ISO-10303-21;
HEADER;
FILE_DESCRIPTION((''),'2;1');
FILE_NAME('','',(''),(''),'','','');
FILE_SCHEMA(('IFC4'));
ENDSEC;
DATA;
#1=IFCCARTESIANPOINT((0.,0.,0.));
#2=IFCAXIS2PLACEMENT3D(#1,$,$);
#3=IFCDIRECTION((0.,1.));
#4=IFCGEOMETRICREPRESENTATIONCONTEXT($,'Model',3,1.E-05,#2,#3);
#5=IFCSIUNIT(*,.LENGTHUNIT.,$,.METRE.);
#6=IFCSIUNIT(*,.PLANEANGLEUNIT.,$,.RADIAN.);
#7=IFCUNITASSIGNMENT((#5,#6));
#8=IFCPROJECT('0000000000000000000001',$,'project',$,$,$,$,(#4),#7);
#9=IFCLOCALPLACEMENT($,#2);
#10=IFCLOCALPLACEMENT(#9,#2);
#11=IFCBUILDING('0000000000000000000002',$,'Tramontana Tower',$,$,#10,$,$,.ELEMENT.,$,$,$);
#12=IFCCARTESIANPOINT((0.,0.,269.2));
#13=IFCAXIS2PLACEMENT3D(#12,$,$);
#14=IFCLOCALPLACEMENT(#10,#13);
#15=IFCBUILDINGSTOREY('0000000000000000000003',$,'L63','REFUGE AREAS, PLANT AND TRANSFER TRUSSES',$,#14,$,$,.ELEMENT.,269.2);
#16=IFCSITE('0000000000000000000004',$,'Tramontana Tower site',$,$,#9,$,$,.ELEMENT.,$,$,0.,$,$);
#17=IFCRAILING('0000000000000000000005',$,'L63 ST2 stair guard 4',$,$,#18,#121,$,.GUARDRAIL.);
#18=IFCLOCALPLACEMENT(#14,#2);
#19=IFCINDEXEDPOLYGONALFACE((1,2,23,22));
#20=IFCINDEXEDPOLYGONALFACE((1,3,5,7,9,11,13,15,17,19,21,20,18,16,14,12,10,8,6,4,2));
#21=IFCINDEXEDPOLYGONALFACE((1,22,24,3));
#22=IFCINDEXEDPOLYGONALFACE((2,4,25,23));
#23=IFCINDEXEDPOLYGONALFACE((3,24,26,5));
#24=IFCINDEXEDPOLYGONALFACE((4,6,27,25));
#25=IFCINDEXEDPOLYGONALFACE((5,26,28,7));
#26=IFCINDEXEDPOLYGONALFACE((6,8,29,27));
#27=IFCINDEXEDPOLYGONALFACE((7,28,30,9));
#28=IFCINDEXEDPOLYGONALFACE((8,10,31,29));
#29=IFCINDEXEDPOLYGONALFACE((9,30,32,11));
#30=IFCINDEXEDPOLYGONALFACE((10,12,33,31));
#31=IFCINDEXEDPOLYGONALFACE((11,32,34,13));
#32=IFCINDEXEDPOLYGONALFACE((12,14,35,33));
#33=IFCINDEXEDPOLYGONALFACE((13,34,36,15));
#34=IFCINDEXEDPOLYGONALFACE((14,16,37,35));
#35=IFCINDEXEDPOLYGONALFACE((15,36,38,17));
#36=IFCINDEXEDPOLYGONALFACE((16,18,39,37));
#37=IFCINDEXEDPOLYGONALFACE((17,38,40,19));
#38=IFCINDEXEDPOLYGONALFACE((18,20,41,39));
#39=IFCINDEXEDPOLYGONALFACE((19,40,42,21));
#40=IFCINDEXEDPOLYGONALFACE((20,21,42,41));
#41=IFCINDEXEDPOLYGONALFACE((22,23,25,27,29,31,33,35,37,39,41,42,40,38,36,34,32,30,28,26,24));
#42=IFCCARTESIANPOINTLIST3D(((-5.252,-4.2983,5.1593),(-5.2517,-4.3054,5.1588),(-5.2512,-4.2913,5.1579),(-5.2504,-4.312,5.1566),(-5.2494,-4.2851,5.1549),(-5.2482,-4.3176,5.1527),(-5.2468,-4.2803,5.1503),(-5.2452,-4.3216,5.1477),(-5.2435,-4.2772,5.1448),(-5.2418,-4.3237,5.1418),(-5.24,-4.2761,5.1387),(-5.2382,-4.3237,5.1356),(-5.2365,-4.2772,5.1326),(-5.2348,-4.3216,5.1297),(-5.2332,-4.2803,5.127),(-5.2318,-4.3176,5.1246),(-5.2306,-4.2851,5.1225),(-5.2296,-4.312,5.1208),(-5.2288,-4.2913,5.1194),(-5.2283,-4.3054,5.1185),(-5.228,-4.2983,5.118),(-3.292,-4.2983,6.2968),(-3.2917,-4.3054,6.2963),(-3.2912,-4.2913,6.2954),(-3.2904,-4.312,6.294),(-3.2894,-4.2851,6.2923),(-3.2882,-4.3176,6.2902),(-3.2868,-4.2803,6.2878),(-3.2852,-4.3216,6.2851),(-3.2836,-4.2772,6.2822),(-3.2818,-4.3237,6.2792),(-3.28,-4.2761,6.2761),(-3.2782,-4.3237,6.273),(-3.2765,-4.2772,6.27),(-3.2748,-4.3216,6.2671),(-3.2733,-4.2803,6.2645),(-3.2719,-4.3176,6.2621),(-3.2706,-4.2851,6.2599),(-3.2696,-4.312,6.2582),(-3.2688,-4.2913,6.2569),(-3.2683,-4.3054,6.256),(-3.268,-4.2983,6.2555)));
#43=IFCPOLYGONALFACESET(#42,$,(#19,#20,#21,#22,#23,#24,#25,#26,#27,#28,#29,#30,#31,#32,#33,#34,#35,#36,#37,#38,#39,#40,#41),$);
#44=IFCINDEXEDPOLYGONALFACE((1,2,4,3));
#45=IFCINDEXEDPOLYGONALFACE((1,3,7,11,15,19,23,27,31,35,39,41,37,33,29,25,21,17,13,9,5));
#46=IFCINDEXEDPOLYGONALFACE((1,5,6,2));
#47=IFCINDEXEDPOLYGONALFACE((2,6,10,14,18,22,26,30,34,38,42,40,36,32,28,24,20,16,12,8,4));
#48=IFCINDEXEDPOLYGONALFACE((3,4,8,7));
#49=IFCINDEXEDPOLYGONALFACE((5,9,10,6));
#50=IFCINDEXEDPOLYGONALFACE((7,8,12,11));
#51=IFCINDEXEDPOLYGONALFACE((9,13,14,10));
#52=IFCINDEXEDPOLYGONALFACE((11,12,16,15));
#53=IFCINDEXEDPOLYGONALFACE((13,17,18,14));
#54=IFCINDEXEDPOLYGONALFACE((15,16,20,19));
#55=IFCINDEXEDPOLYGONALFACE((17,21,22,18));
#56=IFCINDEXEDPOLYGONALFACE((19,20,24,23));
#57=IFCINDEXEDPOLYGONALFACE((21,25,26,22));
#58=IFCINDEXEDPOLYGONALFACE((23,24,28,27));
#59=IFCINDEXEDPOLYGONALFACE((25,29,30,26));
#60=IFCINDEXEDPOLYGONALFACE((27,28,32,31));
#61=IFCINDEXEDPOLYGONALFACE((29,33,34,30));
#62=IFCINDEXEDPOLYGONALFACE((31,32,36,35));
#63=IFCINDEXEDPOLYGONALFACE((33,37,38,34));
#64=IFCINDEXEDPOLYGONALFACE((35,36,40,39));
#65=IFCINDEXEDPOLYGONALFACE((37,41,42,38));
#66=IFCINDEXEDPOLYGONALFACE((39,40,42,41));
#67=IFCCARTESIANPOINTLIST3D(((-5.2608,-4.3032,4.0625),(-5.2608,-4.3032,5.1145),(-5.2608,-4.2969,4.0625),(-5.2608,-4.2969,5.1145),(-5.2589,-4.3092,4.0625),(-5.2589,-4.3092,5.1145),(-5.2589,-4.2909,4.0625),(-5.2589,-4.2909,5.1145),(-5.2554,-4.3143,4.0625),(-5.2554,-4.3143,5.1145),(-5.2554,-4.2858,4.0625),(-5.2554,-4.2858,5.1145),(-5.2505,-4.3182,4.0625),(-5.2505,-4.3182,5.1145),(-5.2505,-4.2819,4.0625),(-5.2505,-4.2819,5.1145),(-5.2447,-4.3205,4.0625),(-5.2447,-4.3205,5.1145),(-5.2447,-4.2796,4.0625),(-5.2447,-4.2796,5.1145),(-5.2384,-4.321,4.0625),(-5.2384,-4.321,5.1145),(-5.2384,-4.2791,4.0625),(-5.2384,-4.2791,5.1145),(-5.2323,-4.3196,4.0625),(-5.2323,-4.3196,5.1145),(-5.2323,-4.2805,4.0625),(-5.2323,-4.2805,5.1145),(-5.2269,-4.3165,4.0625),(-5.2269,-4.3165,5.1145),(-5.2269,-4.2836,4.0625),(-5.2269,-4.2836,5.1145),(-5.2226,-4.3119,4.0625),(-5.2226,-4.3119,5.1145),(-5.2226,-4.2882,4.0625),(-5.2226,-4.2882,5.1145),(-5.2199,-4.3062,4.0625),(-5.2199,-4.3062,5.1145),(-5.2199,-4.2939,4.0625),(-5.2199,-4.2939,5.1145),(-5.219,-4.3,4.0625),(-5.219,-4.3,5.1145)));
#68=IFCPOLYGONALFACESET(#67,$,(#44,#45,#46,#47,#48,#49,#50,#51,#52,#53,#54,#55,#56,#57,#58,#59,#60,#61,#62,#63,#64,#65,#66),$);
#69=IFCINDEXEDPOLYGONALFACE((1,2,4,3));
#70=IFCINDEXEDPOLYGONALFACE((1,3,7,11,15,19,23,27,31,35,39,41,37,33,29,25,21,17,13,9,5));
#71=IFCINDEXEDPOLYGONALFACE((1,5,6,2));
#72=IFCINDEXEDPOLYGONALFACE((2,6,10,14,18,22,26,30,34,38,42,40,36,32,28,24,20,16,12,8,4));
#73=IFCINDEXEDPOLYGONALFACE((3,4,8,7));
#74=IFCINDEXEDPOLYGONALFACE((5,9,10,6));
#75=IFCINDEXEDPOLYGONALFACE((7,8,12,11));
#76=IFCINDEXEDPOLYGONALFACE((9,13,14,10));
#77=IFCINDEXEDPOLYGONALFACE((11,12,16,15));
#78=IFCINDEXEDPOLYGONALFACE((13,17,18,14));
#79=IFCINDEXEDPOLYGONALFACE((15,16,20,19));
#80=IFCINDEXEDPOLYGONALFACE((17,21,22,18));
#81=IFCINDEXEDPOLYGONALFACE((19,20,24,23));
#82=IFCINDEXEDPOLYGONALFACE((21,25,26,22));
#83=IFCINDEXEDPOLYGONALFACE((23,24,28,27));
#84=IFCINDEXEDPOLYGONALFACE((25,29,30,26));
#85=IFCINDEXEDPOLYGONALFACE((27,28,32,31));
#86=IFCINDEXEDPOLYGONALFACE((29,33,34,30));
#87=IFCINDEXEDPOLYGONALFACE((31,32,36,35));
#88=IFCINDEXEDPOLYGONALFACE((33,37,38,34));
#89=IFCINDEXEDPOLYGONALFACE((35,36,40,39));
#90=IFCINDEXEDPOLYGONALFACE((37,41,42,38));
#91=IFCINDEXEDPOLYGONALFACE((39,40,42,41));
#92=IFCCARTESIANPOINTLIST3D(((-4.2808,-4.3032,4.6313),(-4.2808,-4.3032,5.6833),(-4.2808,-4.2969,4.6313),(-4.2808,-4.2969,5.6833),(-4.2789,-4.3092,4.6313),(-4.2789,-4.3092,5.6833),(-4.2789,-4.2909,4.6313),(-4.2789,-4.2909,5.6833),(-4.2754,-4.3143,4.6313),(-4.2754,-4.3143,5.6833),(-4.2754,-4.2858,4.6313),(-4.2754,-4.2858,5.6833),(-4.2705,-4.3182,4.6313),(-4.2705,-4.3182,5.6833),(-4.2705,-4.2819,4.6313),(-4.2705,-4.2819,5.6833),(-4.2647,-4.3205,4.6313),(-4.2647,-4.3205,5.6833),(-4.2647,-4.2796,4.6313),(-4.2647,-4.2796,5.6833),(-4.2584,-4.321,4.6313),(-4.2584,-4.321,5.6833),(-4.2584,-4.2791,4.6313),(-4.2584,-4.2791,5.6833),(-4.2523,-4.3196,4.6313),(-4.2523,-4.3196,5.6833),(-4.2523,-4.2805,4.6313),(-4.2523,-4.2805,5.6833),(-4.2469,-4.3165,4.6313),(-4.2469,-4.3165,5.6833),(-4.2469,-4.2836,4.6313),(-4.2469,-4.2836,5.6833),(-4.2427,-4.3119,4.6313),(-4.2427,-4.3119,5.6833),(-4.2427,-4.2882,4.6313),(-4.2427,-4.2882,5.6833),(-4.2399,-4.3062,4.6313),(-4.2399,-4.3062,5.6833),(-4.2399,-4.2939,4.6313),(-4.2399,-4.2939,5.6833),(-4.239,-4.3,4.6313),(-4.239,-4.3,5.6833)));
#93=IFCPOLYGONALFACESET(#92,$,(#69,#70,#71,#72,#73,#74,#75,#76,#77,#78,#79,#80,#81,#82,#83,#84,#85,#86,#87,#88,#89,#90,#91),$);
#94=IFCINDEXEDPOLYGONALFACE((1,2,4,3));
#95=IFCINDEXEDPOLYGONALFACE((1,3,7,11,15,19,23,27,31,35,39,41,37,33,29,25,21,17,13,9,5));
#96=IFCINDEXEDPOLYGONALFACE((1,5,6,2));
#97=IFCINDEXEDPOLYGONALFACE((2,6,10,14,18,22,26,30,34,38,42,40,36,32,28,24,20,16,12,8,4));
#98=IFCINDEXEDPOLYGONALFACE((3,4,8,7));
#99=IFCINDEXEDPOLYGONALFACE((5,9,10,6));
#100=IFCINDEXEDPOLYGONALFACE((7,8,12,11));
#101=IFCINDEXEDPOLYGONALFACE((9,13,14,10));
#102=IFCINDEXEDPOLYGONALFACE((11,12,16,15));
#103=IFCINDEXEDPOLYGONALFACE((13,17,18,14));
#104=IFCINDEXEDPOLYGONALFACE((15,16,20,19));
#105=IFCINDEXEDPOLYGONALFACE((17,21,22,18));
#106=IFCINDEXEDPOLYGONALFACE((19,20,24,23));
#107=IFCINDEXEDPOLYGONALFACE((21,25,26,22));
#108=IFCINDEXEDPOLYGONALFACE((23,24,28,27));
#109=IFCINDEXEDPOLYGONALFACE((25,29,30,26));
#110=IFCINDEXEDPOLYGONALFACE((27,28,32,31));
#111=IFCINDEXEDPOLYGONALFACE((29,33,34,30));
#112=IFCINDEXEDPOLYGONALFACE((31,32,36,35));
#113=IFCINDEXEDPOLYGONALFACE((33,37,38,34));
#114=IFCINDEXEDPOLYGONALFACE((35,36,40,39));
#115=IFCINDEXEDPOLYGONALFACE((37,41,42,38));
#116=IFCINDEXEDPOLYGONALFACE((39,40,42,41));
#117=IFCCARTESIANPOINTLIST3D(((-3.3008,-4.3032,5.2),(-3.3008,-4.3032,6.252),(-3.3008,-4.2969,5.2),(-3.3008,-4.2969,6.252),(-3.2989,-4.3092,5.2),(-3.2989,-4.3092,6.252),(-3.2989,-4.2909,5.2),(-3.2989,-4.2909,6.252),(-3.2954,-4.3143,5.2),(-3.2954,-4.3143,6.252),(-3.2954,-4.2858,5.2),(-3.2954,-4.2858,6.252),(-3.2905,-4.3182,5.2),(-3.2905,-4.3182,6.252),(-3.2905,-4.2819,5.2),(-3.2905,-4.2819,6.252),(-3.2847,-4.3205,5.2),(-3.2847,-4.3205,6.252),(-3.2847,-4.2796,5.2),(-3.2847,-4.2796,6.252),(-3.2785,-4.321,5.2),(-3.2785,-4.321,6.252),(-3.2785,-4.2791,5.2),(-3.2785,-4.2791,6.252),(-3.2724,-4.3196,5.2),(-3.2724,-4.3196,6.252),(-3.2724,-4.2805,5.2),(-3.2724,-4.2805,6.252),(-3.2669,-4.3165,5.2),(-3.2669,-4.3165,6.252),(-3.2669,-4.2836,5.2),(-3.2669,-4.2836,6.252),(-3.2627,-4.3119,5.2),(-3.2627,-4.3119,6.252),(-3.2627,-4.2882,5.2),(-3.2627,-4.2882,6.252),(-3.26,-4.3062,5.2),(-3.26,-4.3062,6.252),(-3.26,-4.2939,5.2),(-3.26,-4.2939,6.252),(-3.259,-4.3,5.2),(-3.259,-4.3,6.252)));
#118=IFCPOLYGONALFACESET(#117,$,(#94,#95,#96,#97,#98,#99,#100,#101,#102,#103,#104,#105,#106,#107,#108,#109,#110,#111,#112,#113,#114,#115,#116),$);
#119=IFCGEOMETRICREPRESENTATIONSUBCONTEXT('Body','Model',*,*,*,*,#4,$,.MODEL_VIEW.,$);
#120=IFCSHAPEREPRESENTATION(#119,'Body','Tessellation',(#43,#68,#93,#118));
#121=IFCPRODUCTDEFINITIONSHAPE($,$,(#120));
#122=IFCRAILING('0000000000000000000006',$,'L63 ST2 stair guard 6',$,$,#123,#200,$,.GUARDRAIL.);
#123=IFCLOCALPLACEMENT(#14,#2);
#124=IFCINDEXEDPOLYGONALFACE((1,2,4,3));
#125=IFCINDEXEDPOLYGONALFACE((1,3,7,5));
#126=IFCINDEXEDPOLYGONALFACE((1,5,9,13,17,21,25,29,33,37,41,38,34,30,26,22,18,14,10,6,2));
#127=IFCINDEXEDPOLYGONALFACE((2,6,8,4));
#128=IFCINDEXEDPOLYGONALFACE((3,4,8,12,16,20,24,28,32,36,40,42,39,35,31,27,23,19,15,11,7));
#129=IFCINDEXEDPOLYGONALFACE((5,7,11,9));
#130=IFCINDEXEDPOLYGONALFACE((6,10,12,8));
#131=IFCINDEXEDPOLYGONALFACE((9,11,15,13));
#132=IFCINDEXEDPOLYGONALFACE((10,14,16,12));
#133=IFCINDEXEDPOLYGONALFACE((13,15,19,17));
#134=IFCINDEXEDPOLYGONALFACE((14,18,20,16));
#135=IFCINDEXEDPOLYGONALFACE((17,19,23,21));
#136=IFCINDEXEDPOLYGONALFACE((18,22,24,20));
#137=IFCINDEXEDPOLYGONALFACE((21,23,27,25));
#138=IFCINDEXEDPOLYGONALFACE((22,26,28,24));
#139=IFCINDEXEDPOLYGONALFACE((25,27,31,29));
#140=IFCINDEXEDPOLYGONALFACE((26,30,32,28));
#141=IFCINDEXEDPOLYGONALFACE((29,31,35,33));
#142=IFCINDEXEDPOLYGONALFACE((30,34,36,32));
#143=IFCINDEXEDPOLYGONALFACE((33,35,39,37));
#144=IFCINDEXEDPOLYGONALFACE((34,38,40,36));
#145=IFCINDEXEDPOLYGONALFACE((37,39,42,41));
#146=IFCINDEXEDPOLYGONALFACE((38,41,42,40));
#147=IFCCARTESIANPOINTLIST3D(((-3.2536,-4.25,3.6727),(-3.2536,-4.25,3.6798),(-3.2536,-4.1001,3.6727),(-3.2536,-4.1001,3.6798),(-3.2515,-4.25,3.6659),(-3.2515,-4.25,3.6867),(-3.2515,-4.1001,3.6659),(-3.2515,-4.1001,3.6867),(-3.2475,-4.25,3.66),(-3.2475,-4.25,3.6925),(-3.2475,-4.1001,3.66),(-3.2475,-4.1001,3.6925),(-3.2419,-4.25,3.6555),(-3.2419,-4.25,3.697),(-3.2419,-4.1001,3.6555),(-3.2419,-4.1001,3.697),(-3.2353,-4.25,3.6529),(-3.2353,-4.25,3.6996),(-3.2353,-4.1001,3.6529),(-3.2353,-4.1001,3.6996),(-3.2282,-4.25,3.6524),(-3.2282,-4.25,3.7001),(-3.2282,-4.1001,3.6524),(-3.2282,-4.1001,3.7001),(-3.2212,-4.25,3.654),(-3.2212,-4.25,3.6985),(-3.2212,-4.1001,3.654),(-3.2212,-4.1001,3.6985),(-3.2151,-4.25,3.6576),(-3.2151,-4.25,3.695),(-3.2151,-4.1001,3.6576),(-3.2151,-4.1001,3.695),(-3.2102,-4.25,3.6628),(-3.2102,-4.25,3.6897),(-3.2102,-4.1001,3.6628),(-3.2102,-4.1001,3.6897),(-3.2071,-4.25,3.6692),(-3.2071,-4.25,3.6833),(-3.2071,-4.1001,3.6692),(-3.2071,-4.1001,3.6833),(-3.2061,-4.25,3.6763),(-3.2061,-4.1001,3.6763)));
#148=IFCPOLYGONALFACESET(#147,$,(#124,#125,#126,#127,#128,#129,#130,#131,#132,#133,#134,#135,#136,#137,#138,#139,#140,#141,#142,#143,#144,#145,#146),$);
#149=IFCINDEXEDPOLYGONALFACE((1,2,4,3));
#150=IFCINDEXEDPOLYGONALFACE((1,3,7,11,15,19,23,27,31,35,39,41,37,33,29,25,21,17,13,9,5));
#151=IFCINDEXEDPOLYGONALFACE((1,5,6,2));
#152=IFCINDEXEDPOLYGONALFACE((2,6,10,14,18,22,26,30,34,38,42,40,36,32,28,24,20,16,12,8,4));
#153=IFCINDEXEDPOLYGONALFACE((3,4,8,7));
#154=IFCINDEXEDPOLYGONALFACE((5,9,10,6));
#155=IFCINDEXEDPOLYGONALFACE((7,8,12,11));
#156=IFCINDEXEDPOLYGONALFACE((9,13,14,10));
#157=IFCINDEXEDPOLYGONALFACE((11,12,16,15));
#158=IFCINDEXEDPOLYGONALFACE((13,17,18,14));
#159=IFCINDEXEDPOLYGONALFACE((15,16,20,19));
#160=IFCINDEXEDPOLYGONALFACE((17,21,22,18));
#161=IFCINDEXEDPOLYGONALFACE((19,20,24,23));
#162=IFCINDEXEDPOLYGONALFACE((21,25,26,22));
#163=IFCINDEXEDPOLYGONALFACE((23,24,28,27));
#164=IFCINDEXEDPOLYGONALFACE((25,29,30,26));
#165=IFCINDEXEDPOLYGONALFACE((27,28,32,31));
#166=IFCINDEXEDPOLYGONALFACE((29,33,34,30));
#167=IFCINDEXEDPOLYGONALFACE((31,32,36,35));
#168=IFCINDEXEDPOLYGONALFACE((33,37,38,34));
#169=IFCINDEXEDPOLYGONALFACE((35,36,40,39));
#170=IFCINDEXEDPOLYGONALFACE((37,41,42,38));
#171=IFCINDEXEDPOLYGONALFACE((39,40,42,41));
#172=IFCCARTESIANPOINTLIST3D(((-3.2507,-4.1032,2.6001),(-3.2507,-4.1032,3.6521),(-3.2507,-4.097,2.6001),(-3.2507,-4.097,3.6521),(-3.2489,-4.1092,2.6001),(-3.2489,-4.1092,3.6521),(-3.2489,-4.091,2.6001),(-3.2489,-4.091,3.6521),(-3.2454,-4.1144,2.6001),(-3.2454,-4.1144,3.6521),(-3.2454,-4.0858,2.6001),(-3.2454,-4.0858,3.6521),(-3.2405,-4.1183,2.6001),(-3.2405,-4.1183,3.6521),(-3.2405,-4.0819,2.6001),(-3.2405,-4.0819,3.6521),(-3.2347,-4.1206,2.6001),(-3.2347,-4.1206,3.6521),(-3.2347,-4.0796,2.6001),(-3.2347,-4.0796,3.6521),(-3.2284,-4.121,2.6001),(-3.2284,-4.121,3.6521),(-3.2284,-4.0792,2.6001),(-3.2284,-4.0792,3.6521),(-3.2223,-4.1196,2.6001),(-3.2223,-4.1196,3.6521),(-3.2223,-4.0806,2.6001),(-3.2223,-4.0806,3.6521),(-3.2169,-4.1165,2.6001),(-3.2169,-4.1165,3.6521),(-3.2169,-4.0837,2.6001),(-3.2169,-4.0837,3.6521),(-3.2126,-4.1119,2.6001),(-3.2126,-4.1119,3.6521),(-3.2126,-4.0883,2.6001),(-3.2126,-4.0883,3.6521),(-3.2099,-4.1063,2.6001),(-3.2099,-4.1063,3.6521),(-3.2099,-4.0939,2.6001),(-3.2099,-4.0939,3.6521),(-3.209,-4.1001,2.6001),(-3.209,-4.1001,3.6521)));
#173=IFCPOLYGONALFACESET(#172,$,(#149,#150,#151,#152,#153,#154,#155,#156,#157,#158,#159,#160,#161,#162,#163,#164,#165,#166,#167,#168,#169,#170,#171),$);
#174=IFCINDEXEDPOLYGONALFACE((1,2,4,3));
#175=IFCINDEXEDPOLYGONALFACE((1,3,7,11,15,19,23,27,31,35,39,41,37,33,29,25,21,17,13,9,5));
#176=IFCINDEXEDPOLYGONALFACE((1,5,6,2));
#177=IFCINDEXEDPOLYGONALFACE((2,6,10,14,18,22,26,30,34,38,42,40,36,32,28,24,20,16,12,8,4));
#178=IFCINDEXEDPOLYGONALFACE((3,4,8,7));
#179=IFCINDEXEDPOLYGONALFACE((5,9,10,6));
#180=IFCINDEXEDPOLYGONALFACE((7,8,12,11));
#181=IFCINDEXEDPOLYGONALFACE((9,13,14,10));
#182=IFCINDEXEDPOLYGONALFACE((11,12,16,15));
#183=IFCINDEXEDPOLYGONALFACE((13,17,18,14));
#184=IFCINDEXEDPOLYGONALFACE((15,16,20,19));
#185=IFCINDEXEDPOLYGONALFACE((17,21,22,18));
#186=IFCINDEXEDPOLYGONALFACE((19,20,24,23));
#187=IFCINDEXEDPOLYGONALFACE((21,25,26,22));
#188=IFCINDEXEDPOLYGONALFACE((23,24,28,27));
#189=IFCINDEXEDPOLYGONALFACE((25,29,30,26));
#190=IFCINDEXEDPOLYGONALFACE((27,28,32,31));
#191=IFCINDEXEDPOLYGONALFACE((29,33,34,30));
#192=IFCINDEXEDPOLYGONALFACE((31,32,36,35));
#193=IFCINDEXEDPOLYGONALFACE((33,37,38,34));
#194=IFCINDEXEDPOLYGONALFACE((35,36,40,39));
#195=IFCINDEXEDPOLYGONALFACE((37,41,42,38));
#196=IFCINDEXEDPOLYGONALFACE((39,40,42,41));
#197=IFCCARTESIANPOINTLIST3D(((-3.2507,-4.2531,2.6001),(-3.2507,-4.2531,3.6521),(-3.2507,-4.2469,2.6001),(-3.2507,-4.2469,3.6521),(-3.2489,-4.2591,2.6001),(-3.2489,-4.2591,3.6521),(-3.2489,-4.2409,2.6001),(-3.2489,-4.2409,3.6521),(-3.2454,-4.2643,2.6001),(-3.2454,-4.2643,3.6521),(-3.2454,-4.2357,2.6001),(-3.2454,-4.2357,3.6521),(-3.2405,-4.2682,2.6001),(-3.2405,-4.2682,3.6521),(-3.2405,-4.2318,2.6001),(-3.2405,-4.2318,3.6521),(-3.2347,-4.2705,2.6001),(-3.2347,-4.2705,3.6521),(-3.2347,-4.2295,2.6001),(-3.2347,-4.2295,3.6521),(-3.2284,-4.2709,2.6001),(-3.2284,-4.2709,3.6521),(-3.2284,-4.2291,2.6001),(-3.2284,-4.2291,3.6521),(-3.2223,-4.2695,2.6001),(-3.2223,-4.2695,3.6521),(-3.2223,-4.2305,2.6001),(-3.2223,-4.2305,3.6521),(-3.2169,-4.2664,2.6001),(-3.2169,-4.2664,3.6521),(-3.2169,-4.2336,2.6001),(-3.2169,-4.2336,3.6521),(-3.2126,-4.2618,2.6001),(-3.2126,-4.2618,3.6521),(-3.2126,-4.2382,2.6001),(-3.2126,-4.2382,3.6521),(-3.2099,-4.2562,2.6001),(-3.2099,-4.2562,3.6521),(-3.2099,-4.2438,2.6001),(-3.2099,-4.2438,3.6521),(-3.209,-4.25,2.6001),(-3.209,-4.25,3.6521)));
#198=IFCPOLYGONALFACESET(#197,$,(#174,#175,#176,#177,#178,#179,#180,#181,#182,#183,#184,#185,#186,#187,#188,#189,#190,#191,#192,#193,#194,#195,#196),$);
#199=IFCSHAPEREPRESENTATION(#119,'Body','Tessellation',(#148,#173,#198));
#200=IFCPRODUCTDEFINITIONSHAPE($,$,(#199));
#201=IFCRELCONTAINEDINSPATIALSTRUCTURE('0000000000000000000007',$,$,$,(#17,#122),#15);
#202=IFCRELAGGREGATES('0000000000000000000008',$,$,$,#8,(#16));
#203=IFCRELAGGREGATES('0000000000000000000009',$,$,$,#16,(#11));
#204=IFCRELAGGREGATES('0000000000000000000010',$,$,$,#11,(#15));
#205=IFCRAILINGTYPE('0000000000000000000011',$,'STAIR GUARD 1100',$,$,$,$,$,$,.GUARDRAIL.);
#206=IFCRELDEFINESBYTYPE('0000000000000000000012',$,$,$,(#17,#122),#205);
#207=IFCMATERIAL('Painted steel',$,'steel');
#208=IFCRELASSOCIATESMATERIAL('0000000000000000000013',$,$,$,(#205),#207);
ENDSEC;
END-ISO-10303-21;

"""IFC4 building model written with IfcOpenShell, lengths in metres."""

from ifc_helpers import new_model, si_unit, direction, frame, origin, origin_2d, place, context, subcontext, project, spatial, circle, extrude, material, type_object, element, save


model = new_model("IFC4")

# Units and contexts
model_context = context("Model", 3, precision=1e-05, world=origin(), true_north=direction((0.0, 1.0)))
body_context = subcontext(model_context, "Body", "Model", "MODEL_VIEW")
ifc_project = project(units=[si_unit("LENGTHUNIT", "METRE"), si_unit("PLANEANGLEUNIT", "RADIAN")], contexts=[model_context])

# Site, building, storey
site_placement = place(None, origin())
site = spatial("IfcSite", under=ifc_project, at=site_placement, Name="Tramontana Tower site", CompositionType="ELEMENT", RefElevation=0.0)
building_placement = place(site_placement, origin())
building = spatial("IfcBuilding", under=site, at=building_placement, Name="Tramontana Tower", CompositionType="ELEMENT")
storey_placement = place(building_placement, frame((0.0, 0.0, 269.2)))
storey = spatial("IfcBuildingStorey", under=building, at=storey_placement, Name="L63", Description="REFUGE AREAS, PLANT AND TRANSFER TRUSSES", CompositionType="ELEMENT", Elevation=269.2)

# Railings
ifc_material_1 = material(Name="Painted steel", Category="steel")
railing_type_1 = type_object("IfcRailingType", Name="STAIR GUARD 1100", PredefinedType="GUARDRAIL", material=ifc_material_1)
railing_1_placement = place(storey_placement, frame((-5.24, -4.3, 4.0625)))
element("IfcRailing", 1, at=railing_1_placement, inside=storey, type_object=railing_type_1, Name="L63 ST2 stair guard 4", PredefinedType="GUARDRAIL", context=body_context, shape_type="SweptSolid", body=[
    extrude(circle(Radius=0.0239, at=origin_2d()), frame((0.0, 0.0, 1.0762), z_axis=(0.864902, 0.0, 0.501941), x_axis=(0.0, 1.0, 0.0)), (0.0, 0.0, 1.0), 2.2661),
    extrude(circle(Radius=0.021, at=origin_2d()), origin(), (0.0, 0.0, 1.0), 1.052),
    extrude(circle(Radius=0.021, at=origin_2d()), frame((0.98, 0.0, 0.5688)), (0.0, 0.0, 1.0), 1.052),
    extrude(circle(Radius=0.021, at=origin_2d()), frame((1.96, 0.0, 1.1375)), (0.0, 0.0, 1.0), 1.052),
])
for number, where, name in (
    (2, (-3.23, -4.1001, 2.6001), "L63 ST2 stair guard 6"),
):
    element("IfcRailing", number, at=place(storey_placement, frame(where)), inside=storey, type_object=railing_type_1, Name=name, PredefinedType="GUARDRAIL", context=body_context, shape_type="SweptSolid", body=[
        extrude(circle(Radius=0.0239, at=origin_2d()), frame((0.0, 0.0, 1.0762), z_axis=(0.0, -1.0, 0.0), x_axis=(1.0, 0.0, 0.0)), (0.0, 0.0, 1.0), 0.1499),
        extrude(circle(Radius=0.021, at=origin_2d()), origin(), (0.0, 0.0, 1.0), 1.052),
        extrude(circle(Radius=0.021, at=origin_2d()), frame((0.0, -0.1499, 0.0)), (0.0, 0.0, 1.0), 1.052),
    ])

save(model, "model.ifc")
